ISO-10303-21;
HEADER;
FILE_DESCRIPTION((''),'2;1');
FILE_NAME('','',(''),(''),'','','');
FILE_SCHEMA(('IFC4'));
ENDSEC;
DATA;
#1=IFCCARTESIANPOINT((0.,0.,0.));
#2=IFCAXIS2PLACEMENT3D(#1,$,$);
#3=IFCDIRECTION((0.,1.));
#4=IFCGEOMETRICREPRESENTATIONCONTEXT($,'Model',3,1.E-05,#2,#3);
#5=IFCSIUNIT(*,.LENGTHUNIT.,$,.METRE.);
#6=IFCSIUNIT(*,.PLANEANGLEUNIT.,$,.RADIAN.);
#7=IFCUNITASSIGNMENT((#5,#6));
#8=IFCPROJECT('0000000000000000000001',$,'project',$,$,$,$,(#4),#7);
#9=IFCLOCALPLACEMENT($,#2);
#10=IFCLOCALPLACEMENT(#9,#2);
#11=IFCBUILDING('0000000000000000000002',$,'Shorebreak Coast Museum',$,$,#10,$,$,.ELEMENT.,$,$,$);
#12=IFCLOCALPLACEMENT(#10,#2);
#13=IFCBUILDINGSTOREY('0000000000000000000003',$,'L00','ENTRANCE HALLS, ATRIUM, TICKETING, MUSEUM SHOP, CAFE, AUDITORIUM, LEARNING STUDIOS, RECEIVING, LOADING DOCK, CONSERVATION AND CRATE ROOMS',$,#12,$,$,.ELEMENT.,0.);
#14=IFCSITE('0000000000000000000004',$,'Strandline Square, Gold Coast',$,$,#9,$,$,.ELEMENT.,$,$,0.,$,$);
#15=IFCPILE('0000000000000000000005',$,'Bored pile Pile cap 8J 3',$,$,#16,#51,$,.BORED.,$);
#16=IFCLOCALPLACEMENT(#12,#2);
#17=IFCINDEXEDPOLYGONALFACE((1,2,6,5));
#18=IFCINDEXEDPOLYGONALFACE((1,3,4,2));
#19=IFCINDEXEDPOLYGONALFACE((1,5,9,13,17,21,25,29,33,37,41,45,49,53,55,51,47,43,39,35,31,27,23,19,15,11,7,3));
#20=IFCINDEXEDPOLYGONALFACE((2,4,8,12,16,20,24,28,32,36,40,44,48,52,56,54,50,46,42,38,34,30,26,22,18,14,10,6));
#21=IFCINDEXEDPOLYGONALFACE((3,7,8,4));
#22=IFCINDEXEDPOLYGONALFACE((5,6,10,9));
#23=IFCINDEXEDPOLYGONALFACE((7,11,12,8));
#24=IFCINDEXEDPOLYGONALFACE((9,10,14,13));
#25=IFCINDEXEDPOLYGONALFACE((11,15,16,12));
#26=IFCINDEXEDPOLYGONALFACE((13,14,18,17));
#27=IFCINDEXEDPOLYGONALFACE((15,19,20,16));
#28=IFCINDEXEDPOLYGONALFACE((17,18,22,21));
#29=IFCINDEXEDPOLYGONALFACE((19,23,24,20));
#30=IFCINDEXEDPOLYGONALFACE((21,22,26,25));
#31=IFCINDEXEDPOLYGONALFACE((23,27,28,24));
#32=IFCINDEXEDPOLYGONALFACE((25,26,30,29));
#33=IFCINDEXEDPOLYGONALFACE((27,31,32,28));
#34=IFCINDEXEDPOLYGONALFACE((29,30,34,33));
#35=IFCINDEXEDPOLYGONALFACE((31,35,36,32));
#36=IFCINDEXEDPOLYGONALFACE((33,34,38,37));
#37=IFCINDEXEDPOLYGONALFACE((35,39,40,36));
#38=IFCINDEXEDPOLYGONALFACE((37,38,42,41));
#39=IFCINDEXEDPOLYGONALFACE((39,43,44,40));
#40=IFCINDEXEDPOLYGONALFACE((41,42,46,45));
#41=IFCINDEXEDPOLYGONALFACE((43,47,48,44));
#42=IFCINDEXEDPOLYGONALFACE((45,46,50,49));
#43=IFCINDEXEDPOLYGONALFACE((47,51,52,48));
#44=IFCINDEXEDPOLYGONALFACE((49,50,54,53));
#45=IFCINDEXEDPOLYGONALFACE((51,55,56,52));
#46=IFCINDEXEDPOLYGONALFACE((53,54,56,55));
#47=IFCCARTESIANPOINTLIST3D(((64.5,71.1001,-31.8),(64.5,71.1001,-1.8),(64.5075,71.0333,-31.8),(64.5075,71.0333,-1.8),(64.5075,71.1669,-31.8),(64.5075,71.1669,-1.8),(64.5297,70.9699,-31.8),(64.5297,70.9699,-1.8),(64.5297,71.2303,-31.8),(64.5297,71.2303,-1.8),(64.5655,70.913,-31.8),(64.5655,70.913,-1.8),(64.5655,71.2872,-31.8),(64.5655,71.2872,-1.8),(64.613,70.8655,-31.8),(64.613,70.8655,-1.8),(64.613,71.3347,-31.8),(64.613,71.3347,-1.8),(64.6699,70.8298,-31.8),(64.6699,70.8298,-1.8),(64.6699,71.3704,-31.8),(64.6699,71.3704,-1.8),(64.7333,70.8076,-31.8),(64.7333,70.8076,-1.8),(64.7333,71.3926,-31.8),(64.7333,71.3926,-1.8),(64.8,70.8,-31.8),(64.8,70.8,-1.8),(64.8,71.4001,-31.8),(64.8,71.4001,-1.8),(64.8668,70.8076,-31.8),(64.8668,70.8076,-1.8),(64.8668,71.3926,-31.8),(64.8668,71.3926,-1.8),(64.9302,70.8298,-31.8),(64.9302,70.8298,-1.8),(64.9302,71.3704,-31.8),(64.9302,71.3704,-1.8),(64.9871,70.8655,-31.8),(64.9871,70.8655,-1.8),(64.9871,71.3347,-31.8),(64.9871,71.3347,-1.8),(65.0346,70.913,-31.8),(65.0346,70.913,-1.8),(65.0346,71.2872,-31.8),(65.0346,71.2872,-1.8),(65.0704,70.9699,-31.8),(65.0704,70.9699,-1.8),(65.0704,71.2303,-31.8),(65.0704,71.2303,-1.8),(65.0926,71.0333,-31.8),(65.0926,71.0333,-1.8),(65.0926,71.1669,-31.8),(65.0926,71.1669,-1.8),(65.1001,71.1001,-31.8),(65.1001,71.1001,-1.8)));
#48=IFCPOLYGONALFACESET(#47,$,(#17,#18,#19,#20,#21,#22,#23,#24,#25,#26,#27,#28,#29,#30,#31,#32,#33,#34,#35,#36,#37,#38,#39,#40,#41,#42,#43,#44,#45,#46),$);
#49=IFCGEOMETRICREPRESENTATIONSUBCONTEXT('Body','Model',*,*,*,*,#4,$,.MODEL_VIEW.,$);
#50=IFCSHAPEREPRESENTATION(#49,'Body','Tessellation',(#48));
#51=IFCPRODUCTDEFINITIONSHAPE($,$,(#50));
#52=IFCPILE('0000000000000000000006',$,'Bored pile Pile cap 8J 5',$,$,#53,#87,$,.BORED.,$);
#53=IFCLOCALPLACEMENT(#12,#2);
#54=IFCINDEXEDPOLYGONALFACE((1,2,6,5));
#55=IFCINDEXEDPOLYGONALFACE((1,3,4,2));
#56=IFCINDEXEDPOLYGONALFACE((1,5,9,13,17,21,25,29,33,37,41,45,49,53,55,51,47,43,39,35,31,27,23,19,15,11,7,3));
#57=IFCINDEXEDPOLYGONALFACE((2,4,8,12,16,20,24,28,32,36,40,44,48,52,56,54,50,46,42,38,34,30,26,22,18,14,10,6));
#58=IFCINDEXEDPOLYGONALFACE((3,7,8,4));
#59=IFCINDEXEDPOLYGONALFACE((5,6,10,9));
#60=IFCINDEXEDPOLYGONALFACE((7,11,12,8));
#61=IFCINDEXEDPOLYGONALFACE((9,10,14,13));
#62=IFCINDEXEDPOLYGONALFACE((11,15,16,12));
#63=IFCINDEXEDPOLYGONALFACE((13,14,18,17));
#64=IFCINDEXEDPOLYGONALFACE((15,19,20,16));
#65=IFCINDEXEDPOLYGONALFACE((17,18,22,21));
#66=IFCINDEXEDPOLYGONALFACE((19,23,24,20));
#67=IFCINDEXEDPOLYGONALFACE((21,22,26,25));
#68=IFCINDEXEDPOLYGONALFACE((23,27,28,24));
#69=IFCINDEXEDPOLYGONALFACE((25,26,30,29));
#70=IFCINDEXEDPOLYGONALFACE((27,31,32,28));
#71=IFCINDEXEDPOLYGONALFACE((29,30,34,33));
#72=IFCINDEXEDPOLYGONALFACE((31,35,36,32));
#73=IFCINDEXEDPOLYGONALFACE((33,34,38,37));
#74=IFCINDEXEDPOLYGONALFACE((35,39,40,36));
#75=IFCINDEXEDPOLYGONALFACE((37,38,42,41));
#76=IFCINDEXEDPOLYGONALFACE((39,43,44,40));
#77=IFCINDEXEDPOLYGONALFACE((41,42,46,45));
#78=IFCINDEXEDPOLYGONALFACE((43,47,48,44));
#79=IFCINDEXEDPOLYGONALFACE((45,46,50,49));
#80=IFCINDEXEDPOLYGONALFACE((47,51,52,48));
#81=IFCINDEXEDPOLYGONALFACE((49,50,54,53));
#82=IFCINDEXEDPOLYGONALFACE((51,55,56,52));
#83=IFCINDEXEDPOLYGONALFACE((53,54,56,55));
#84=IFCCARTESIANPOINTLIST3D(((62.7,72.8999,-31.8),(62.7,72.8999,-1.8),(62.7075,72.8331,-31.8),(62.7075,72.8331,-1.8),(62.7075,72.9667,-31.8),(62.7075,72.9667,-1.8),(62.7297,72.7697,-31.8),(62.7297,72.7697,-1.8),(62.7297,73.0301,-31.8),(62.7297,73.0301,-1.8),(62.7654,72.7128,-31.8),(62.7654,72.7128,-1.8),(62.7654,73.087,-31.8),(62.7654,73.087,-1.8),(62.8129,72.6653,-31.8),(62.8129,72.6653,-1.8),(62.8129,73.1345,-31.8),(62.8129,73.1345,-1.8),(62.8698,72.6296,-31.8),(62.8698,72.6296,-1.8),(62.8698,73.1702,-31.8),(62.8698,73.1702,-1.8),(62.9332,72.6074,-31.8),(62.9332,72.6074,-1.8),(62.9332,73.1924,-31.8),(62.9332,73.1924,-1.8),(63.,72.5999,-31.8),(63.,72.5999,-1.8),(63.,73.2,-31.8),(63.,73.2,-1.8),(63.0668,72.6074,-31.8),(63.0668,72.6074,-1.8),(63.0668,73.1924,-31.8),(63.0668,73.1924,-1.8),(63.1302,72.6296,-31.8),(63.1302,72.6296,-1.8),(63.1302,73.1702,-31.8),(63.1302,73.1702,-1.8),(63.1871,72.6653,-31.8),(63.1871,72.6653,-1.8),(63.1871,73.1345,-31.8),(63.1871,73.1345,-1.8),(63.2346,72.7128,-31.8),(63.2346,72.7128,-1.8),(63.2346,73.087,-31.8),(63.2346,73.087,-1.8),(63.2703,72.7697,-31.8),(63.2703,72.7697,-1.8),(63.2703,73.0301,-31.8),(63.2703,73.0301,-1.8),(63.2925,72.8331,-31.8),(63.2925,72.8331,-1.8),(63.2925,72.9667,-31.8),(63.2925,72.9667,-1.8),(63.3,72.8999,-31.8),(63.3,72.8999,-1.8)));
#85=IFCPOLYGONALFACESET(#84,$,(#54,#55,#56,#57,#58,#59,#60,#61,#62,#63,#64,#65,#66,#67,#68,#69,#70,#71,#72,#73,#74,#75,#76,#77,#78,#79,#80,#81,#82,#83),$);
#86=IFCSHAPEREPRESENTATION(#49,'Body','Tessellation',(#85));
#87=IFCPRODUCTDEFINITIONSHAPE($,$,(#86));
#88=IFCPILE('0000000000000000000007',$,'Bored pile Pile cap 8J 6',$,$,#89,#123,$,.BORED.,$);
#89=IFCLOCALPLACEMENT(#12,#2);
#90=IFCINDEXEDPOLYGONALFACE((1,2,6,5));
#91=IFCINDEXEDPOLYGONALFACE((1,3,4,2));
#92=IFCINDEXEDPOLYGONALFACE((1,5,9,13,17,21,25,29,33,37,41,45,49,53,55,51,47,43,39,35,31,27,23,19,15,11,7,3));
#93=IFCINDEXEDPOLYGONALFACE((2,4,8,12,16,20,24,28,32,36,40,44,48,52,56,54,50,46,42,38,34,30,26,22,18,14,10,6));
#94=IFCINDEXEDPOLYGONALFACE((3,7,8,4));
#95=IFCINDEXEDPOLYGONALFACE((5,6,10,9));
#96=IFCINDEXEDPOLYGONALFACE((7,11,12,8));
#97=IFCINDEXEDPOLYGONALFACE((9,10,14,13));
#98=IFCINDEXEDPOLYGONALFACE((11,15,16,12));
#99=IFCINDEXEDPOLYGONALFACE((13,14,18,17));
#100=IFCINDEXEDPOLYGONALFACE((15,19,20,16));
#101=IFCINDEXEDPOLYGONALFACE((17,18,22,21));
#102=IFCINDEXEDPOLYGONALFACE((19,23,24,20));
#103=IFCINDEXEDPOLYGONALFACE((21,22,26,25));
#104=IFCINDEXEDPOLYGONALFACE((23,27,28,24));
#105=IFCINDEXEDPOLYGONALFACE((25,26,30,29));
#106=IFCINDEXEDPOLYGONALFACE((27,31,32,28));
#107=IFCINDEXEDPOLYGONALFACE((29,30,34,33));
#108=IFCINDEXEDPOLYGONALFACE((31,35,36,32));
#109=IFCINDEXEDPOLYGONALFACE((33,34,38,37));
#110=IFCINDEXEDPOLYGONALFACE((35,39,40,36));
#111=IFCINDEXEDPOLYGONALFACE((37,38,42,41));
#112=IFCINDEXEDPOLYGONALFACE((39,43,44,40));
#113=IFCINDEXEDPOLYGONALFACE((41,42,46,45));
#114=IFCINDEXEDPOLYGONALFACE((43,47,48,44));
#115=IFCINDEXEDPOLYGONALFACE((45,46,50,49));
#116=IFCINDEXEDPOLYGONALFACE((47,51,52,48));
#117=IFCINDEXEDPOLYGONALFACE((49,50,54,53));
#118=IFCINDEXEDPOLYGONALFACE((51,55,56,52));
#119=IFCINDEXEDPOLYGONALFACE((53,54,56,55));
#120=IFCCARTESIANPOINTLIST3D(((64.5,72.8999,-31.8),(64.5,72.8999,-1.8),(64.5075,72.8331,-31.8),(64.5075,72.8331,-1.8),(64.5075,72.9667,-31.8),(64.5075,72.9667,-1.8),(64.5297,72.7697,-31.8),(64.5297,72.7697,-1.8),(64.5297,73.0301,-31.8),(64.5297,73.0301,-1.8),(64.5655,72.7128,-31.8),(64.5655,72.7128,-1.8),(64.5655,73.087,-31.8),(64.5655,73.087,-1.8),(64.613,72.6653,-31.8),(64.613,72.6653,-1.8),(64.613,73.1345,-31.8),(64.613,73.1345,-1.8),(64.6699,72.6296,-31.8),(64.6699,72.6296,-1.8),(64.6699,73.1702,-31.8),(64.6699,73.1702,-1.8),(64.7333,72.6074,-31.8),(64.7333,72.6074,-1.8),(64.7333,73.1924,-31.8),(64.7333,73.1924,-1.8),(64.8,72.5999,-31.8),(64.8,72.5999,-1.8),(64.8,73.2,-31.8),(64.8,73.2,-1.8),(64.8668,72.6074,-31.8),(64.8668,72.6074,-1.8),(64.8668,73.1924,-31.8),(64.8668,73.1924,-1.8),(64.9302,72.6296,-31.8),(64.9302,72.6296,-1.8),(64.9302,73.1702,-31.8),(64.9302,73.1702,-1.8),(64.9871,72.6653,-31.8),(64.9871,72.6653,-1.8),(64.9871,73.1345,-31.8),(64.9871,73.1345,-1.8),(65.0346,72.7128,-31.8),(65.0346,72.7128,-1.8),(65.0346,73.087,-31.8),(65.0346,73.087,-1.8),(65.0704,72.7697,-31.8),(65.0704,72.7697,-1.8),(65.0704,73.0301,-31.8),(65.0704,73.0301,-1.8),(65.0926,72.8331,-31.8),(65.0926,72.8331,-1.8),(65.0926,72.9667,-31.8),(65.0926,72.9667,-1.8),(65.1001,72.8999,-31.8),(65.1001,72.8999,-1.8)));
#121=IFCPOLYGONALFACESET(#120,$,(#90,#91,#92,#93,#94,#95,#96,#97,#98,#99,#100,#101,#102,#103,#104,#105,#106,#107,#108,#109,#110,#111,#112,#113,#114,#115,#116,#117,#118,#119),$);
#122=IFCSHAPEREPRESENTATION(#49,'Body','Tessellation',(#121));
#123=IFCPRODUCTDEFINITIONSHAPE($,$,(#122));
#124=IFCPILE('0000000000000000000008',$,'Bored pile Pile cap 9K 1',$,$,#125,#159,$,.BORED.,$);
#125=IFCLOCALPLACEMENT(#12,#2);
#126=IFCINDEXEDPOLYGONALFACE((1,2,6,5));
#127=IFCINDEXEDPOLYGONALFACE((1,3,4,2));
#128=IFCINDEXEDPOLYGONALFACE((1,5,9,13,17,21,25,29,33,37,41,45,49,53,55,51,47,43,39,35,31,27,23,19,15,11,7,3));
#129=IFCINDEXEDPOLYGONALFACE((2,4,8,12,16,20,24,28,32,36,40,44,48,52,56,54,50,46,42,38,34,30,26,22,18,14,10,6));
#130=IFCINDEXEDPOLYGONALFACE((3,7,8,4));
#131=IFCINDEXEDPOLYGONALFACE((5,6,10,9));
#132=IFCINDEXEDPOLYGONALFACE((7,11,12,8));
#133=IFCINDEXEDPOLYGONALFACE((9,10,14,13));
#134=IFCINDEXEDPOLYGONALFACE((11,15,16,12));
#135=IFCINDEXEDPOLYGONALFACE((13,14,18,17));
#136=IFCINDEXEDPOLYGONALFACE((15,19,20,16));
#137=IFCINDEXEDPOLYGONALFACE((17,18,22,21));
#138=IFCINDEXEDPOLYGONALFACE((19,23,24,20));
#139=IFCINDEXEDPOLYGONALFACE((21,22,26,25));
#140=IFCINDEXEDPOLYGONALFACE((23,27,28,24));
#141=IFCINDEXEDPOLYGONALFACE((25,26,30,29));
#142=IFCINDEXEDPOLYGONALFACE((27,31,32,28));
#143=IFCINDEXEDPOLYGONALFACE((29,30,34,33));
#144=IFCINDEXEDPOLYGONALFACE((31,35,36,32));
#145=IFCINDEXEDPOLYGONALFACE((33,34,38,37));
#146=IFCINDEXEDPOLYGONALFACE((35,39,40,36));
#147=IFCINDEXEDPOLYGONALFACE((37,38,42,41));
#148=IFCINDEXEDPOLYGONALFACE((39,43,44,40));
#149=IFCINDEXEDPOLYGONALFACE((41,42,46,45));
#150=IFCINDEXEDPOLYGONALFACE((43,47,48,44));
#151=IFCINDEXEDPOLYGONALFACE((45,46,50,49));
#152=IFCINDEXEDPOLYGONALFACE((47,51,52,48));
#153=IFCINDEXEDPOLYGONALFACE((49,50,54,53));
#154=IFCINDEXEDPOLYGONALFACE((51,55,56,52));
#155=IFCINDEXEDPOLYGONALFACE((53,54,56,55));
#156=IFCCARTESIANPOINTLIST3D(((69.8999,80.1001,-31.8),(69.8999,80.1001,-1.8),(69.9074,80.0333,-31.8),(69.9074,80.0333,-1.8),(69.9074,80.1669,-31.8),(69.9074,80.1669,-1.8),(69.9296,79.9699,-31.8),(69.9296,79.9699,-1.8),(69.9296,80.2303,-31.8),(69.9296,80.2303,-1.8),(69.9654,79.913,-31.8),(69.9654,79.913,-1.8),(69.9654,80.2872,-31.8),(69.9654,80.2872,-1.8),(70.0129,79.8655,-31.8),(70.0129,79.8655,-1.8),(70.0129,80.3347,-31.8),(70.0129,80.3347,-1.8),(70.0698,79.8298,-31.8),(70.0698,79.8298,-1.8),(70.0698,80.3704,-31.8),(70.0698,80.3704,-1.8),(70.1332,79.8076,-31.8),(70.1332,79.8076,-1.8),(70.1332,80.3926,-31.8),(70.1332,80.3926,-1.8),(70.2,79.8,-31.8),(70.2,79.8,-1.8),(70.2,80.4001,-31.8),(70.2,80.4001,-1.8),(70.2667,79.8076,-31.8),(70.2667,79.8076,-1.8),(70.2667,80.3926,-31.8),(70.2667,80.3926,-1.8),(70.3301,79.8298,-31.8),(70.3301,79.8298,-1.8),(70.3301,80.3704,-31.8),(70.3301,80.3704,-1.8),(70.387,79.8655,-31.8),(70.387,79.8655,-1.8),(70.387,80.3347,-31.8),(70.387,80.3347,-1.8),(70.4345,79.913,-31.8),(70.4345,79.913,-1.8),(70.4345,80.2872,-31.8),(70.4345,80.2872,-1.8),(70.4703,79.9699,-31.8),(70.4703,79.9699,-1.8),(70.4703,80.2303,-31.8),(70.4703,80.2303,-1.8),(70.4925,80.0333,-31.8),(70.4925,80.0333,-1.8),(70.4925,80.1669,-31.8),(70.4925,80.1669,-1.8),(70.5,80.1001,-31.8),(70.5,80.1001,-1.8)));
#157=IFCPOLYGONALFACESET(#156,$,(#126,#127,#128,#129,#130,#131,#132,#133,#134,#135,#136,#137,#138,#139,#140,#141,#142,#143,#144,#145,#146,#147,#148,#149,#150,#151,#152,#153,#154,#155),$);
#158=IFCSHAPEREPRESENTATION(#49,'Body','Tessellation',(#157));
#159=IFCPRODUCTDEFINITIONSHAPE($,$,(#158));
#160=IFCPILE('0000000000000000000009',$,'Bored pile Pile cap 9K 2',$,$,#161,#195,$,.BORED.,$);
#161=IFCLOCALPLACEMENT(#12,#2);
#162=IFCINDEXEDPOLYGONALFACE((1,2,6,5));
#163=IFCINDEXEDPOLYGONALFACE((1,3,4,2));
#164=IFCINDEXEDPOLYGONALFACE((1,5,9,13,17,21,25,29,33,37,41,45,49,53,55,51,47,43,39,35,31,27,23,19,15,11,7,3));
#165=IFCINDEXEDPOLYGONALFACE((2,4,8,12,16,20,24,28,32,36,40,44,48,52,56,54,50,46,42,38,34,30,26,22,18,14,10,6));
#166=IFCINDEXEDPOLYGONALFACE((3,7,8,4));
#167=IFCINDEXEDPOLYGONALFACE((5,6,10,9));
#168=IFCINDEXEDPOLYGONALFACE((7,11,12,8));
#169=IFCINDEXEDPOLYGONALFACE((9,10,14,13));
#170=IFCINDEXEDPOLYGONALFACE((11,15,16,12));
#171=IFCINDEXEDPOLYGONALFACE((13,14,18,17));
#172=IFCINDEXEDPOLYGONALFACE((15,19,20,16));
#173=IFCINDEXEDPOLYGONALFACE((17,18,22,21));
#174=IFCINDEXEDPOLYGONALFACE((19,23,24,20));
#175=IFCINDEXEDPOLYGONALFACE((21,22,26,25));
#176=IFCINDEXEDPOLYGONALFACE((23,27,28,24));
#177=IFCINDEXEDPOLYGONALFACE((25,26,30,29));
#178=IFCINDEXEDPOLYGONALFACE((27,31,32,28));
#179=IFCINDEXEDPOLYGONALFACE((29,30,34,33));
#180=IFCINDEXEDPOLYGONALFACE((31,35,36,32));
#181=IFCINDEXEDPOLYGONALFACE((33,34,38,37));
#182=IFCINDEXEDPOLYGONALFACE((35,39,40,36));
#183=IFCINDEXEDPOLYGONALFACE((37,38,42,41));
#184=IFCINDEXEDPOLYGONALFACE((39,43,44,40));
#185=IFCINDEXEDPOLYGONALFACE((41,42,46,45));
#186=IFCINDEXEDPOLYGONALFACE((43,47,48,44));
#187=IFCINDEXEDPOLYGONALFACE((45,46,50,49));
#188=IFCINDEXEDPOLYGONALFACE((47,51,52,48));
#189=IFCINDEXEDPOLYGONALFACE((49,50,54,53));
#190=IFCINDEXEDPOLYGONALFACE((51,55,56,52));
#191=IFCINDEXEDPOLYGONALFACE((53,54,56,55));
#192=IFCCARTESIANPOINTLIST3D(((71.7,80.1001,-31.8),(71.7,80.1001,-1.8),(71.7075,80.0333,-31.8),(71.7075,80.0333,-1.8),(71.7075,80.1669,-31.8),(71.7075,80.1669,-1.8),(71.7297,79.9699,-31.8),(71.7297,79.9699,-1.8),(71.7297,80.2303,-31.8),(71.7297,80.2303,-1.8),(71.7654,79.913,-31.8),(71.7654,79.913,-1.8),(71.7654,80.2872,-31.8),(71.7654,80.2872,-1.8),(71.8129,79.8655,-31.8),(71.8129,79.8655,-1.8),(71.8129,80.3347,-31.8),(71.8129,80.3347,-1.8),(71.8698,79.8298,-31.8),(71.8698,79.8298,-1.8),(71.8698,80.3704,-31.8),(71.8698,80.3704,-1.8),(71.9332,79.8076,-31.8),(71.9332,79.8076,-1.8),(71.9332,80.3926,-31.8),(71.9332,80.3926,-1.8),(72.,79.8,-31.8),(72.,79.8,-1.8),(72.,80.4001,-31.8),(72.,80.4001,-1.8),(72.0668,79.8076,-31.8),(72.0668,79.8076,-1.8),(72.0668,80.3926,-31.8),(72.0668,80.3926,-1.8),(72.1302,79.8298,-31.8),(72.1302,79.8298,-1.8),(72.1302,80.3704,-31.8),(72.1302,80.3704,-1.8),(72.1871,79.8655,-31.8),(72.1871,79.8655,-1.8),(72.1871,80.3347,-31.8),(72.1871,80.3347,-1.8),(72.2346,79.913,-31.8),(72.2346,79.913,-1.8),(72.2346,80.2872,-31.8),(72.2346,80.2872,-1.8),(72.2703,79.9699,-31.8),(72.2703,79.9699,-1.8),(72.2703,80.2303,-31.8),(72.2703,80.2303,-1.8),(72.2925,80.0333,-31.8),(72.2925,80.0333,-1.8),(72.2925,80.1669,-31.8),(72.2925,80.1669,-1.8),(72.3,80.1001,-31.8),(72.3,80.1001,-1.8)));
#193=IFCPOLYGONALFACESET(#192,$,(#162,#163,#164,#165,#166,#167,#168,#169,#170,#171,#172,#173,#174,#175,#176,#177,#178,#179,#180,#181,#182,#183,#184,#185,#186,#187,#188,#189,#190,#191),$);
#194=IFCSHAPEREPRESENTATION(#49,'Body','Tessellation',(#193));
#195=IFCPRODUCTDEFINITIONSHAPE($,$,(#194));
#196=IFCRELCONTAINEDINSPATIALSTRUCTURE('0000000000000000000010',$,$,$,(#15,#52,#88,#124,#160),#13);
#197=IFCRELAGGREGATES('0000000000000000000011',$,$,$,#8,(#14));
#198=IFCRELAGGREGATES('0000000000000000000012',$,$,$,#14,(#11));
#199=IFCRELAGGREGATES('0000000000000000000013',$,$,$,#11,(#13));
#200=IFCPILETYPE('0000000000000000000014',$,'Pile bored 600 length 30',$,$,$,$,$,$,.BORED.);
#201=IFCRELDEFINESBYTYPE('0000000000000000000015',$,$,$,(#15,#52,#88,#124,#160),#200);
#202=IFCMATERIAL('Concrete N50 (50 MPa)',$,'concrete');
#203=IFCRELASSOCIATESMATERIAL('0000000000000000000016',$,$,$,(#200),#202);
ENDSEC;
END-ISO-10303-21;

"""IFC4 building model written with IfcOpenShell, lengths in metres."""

from ifc_helpers import new_model, si_unit, direction, frame, origin, origin_2d, place, context, subcontext, project, spatial, circle, extrude, material, material_profile, profile_set, type_object, element, save


model = new_model("IFC4")

# Units and contexts
model_context = context("Model", 3, precision=1e-05, world=origin(), true_north=direction((0.0, 1.0)))
body_context = subcontext(model_context, "Body", "Model", "MODEL_VIEW")
ifc_project = project(units=[si_unit("LENGTHUNIT", "METRE"), si_unit("PLANEANGLEUNIT", "RADIAN")], contexts=[model_context])

# Site, building, storey
site_placement = place(None, origin())
site = spatial("IfcSite", under=ifc_project, at=site_placement, Name="Strandline Square, Gold Coast", CompositionType="ELEMENT", RefElevation=0.0)
building_placement = place(site_placement, origin())
building = spatial("IfcBuilding", under=site, at=building_placement, Name="Shorebreak Coast Museum", CompositionType="ELEMENT")
storey_placement = place(building_placement, origin())
storey = spatial("IfcBuildingStorey", under=building, at=storey_placement, Name="L00", Description="ENTRANCE HALLS, ATRIUM, TICKETING, MUSEUM SHOP, CAFE, AUDITORIUM, LEARNING STUDIOS, RECEIVING, LOADING DOCK, CONSERVATION AND CRATE ROOMS", CompositionType="ELEMENT", Elevation=0.0)

# Piles
ifc_material_1 = material(Name="Concrete N50 (50 MPa)", Category="concrete")
ifc_material_profile_1 = material_profile(ifc_material_1, circle(Radius=0.3, at=origin_2d()), Name="Pile bored 600 length 30")
ifc_profile_set_1 = profile_set([ifc_material_profile_1], Name="Concrete N50 (50 MPa)")
pile_type_1 = type_object("IfcPileType", Name="Pile bored 600 length 30", PredefinedType="BORED", material=ifc_profile_set_1)
for number, where, z_axis, x_axis, name in (
    (1, (64.8, 71.1001, -1.8), (0.0, 0.0, -1.0), (1.0, 0.0, 0.0), "Bored pile Pile cap 8J 3"),
    (2, (63.0, 72.8999, -1.8), (0.0, 0.0, -1.0), (1.0, 0.0, 0.0), "Bored pile Pile cap 8J 5"),
    (3, (64.8, 72.8999, -1.8), (0.0, 0.0, -1.0), (1.0, 0.0, 0.0), "Bored pile Pile cap 8J 6"),
    (4, (70.2, 80.1001, -1.8), (0.0, 0.0, -1.0), (1.0, 0.0, 0.0), "Bored pile Pile cap 9K 1"),
    (5, (72.0, 80.1001, -1.8), (0.0, 0.0, -1.0), (1.0, 0.0, 0.0), "Bored pile Pile cap 9K 2"),
):
    element("IfcPile", number, at=place(storey_placement, frame(where, z_axis=z_axis, x_axis=x_axis)), inside=storey, type_object=pile_type_1, Name=name, PredefinedType="BORED", context=body_context, shape_type="SweptSolid", body=[
        extrude(circle(Radius=0.3, at=origin_2d()), origin(), (0.0, 0.0, 1.0), 30.0),
    ])

save(model, "model.ifc")
